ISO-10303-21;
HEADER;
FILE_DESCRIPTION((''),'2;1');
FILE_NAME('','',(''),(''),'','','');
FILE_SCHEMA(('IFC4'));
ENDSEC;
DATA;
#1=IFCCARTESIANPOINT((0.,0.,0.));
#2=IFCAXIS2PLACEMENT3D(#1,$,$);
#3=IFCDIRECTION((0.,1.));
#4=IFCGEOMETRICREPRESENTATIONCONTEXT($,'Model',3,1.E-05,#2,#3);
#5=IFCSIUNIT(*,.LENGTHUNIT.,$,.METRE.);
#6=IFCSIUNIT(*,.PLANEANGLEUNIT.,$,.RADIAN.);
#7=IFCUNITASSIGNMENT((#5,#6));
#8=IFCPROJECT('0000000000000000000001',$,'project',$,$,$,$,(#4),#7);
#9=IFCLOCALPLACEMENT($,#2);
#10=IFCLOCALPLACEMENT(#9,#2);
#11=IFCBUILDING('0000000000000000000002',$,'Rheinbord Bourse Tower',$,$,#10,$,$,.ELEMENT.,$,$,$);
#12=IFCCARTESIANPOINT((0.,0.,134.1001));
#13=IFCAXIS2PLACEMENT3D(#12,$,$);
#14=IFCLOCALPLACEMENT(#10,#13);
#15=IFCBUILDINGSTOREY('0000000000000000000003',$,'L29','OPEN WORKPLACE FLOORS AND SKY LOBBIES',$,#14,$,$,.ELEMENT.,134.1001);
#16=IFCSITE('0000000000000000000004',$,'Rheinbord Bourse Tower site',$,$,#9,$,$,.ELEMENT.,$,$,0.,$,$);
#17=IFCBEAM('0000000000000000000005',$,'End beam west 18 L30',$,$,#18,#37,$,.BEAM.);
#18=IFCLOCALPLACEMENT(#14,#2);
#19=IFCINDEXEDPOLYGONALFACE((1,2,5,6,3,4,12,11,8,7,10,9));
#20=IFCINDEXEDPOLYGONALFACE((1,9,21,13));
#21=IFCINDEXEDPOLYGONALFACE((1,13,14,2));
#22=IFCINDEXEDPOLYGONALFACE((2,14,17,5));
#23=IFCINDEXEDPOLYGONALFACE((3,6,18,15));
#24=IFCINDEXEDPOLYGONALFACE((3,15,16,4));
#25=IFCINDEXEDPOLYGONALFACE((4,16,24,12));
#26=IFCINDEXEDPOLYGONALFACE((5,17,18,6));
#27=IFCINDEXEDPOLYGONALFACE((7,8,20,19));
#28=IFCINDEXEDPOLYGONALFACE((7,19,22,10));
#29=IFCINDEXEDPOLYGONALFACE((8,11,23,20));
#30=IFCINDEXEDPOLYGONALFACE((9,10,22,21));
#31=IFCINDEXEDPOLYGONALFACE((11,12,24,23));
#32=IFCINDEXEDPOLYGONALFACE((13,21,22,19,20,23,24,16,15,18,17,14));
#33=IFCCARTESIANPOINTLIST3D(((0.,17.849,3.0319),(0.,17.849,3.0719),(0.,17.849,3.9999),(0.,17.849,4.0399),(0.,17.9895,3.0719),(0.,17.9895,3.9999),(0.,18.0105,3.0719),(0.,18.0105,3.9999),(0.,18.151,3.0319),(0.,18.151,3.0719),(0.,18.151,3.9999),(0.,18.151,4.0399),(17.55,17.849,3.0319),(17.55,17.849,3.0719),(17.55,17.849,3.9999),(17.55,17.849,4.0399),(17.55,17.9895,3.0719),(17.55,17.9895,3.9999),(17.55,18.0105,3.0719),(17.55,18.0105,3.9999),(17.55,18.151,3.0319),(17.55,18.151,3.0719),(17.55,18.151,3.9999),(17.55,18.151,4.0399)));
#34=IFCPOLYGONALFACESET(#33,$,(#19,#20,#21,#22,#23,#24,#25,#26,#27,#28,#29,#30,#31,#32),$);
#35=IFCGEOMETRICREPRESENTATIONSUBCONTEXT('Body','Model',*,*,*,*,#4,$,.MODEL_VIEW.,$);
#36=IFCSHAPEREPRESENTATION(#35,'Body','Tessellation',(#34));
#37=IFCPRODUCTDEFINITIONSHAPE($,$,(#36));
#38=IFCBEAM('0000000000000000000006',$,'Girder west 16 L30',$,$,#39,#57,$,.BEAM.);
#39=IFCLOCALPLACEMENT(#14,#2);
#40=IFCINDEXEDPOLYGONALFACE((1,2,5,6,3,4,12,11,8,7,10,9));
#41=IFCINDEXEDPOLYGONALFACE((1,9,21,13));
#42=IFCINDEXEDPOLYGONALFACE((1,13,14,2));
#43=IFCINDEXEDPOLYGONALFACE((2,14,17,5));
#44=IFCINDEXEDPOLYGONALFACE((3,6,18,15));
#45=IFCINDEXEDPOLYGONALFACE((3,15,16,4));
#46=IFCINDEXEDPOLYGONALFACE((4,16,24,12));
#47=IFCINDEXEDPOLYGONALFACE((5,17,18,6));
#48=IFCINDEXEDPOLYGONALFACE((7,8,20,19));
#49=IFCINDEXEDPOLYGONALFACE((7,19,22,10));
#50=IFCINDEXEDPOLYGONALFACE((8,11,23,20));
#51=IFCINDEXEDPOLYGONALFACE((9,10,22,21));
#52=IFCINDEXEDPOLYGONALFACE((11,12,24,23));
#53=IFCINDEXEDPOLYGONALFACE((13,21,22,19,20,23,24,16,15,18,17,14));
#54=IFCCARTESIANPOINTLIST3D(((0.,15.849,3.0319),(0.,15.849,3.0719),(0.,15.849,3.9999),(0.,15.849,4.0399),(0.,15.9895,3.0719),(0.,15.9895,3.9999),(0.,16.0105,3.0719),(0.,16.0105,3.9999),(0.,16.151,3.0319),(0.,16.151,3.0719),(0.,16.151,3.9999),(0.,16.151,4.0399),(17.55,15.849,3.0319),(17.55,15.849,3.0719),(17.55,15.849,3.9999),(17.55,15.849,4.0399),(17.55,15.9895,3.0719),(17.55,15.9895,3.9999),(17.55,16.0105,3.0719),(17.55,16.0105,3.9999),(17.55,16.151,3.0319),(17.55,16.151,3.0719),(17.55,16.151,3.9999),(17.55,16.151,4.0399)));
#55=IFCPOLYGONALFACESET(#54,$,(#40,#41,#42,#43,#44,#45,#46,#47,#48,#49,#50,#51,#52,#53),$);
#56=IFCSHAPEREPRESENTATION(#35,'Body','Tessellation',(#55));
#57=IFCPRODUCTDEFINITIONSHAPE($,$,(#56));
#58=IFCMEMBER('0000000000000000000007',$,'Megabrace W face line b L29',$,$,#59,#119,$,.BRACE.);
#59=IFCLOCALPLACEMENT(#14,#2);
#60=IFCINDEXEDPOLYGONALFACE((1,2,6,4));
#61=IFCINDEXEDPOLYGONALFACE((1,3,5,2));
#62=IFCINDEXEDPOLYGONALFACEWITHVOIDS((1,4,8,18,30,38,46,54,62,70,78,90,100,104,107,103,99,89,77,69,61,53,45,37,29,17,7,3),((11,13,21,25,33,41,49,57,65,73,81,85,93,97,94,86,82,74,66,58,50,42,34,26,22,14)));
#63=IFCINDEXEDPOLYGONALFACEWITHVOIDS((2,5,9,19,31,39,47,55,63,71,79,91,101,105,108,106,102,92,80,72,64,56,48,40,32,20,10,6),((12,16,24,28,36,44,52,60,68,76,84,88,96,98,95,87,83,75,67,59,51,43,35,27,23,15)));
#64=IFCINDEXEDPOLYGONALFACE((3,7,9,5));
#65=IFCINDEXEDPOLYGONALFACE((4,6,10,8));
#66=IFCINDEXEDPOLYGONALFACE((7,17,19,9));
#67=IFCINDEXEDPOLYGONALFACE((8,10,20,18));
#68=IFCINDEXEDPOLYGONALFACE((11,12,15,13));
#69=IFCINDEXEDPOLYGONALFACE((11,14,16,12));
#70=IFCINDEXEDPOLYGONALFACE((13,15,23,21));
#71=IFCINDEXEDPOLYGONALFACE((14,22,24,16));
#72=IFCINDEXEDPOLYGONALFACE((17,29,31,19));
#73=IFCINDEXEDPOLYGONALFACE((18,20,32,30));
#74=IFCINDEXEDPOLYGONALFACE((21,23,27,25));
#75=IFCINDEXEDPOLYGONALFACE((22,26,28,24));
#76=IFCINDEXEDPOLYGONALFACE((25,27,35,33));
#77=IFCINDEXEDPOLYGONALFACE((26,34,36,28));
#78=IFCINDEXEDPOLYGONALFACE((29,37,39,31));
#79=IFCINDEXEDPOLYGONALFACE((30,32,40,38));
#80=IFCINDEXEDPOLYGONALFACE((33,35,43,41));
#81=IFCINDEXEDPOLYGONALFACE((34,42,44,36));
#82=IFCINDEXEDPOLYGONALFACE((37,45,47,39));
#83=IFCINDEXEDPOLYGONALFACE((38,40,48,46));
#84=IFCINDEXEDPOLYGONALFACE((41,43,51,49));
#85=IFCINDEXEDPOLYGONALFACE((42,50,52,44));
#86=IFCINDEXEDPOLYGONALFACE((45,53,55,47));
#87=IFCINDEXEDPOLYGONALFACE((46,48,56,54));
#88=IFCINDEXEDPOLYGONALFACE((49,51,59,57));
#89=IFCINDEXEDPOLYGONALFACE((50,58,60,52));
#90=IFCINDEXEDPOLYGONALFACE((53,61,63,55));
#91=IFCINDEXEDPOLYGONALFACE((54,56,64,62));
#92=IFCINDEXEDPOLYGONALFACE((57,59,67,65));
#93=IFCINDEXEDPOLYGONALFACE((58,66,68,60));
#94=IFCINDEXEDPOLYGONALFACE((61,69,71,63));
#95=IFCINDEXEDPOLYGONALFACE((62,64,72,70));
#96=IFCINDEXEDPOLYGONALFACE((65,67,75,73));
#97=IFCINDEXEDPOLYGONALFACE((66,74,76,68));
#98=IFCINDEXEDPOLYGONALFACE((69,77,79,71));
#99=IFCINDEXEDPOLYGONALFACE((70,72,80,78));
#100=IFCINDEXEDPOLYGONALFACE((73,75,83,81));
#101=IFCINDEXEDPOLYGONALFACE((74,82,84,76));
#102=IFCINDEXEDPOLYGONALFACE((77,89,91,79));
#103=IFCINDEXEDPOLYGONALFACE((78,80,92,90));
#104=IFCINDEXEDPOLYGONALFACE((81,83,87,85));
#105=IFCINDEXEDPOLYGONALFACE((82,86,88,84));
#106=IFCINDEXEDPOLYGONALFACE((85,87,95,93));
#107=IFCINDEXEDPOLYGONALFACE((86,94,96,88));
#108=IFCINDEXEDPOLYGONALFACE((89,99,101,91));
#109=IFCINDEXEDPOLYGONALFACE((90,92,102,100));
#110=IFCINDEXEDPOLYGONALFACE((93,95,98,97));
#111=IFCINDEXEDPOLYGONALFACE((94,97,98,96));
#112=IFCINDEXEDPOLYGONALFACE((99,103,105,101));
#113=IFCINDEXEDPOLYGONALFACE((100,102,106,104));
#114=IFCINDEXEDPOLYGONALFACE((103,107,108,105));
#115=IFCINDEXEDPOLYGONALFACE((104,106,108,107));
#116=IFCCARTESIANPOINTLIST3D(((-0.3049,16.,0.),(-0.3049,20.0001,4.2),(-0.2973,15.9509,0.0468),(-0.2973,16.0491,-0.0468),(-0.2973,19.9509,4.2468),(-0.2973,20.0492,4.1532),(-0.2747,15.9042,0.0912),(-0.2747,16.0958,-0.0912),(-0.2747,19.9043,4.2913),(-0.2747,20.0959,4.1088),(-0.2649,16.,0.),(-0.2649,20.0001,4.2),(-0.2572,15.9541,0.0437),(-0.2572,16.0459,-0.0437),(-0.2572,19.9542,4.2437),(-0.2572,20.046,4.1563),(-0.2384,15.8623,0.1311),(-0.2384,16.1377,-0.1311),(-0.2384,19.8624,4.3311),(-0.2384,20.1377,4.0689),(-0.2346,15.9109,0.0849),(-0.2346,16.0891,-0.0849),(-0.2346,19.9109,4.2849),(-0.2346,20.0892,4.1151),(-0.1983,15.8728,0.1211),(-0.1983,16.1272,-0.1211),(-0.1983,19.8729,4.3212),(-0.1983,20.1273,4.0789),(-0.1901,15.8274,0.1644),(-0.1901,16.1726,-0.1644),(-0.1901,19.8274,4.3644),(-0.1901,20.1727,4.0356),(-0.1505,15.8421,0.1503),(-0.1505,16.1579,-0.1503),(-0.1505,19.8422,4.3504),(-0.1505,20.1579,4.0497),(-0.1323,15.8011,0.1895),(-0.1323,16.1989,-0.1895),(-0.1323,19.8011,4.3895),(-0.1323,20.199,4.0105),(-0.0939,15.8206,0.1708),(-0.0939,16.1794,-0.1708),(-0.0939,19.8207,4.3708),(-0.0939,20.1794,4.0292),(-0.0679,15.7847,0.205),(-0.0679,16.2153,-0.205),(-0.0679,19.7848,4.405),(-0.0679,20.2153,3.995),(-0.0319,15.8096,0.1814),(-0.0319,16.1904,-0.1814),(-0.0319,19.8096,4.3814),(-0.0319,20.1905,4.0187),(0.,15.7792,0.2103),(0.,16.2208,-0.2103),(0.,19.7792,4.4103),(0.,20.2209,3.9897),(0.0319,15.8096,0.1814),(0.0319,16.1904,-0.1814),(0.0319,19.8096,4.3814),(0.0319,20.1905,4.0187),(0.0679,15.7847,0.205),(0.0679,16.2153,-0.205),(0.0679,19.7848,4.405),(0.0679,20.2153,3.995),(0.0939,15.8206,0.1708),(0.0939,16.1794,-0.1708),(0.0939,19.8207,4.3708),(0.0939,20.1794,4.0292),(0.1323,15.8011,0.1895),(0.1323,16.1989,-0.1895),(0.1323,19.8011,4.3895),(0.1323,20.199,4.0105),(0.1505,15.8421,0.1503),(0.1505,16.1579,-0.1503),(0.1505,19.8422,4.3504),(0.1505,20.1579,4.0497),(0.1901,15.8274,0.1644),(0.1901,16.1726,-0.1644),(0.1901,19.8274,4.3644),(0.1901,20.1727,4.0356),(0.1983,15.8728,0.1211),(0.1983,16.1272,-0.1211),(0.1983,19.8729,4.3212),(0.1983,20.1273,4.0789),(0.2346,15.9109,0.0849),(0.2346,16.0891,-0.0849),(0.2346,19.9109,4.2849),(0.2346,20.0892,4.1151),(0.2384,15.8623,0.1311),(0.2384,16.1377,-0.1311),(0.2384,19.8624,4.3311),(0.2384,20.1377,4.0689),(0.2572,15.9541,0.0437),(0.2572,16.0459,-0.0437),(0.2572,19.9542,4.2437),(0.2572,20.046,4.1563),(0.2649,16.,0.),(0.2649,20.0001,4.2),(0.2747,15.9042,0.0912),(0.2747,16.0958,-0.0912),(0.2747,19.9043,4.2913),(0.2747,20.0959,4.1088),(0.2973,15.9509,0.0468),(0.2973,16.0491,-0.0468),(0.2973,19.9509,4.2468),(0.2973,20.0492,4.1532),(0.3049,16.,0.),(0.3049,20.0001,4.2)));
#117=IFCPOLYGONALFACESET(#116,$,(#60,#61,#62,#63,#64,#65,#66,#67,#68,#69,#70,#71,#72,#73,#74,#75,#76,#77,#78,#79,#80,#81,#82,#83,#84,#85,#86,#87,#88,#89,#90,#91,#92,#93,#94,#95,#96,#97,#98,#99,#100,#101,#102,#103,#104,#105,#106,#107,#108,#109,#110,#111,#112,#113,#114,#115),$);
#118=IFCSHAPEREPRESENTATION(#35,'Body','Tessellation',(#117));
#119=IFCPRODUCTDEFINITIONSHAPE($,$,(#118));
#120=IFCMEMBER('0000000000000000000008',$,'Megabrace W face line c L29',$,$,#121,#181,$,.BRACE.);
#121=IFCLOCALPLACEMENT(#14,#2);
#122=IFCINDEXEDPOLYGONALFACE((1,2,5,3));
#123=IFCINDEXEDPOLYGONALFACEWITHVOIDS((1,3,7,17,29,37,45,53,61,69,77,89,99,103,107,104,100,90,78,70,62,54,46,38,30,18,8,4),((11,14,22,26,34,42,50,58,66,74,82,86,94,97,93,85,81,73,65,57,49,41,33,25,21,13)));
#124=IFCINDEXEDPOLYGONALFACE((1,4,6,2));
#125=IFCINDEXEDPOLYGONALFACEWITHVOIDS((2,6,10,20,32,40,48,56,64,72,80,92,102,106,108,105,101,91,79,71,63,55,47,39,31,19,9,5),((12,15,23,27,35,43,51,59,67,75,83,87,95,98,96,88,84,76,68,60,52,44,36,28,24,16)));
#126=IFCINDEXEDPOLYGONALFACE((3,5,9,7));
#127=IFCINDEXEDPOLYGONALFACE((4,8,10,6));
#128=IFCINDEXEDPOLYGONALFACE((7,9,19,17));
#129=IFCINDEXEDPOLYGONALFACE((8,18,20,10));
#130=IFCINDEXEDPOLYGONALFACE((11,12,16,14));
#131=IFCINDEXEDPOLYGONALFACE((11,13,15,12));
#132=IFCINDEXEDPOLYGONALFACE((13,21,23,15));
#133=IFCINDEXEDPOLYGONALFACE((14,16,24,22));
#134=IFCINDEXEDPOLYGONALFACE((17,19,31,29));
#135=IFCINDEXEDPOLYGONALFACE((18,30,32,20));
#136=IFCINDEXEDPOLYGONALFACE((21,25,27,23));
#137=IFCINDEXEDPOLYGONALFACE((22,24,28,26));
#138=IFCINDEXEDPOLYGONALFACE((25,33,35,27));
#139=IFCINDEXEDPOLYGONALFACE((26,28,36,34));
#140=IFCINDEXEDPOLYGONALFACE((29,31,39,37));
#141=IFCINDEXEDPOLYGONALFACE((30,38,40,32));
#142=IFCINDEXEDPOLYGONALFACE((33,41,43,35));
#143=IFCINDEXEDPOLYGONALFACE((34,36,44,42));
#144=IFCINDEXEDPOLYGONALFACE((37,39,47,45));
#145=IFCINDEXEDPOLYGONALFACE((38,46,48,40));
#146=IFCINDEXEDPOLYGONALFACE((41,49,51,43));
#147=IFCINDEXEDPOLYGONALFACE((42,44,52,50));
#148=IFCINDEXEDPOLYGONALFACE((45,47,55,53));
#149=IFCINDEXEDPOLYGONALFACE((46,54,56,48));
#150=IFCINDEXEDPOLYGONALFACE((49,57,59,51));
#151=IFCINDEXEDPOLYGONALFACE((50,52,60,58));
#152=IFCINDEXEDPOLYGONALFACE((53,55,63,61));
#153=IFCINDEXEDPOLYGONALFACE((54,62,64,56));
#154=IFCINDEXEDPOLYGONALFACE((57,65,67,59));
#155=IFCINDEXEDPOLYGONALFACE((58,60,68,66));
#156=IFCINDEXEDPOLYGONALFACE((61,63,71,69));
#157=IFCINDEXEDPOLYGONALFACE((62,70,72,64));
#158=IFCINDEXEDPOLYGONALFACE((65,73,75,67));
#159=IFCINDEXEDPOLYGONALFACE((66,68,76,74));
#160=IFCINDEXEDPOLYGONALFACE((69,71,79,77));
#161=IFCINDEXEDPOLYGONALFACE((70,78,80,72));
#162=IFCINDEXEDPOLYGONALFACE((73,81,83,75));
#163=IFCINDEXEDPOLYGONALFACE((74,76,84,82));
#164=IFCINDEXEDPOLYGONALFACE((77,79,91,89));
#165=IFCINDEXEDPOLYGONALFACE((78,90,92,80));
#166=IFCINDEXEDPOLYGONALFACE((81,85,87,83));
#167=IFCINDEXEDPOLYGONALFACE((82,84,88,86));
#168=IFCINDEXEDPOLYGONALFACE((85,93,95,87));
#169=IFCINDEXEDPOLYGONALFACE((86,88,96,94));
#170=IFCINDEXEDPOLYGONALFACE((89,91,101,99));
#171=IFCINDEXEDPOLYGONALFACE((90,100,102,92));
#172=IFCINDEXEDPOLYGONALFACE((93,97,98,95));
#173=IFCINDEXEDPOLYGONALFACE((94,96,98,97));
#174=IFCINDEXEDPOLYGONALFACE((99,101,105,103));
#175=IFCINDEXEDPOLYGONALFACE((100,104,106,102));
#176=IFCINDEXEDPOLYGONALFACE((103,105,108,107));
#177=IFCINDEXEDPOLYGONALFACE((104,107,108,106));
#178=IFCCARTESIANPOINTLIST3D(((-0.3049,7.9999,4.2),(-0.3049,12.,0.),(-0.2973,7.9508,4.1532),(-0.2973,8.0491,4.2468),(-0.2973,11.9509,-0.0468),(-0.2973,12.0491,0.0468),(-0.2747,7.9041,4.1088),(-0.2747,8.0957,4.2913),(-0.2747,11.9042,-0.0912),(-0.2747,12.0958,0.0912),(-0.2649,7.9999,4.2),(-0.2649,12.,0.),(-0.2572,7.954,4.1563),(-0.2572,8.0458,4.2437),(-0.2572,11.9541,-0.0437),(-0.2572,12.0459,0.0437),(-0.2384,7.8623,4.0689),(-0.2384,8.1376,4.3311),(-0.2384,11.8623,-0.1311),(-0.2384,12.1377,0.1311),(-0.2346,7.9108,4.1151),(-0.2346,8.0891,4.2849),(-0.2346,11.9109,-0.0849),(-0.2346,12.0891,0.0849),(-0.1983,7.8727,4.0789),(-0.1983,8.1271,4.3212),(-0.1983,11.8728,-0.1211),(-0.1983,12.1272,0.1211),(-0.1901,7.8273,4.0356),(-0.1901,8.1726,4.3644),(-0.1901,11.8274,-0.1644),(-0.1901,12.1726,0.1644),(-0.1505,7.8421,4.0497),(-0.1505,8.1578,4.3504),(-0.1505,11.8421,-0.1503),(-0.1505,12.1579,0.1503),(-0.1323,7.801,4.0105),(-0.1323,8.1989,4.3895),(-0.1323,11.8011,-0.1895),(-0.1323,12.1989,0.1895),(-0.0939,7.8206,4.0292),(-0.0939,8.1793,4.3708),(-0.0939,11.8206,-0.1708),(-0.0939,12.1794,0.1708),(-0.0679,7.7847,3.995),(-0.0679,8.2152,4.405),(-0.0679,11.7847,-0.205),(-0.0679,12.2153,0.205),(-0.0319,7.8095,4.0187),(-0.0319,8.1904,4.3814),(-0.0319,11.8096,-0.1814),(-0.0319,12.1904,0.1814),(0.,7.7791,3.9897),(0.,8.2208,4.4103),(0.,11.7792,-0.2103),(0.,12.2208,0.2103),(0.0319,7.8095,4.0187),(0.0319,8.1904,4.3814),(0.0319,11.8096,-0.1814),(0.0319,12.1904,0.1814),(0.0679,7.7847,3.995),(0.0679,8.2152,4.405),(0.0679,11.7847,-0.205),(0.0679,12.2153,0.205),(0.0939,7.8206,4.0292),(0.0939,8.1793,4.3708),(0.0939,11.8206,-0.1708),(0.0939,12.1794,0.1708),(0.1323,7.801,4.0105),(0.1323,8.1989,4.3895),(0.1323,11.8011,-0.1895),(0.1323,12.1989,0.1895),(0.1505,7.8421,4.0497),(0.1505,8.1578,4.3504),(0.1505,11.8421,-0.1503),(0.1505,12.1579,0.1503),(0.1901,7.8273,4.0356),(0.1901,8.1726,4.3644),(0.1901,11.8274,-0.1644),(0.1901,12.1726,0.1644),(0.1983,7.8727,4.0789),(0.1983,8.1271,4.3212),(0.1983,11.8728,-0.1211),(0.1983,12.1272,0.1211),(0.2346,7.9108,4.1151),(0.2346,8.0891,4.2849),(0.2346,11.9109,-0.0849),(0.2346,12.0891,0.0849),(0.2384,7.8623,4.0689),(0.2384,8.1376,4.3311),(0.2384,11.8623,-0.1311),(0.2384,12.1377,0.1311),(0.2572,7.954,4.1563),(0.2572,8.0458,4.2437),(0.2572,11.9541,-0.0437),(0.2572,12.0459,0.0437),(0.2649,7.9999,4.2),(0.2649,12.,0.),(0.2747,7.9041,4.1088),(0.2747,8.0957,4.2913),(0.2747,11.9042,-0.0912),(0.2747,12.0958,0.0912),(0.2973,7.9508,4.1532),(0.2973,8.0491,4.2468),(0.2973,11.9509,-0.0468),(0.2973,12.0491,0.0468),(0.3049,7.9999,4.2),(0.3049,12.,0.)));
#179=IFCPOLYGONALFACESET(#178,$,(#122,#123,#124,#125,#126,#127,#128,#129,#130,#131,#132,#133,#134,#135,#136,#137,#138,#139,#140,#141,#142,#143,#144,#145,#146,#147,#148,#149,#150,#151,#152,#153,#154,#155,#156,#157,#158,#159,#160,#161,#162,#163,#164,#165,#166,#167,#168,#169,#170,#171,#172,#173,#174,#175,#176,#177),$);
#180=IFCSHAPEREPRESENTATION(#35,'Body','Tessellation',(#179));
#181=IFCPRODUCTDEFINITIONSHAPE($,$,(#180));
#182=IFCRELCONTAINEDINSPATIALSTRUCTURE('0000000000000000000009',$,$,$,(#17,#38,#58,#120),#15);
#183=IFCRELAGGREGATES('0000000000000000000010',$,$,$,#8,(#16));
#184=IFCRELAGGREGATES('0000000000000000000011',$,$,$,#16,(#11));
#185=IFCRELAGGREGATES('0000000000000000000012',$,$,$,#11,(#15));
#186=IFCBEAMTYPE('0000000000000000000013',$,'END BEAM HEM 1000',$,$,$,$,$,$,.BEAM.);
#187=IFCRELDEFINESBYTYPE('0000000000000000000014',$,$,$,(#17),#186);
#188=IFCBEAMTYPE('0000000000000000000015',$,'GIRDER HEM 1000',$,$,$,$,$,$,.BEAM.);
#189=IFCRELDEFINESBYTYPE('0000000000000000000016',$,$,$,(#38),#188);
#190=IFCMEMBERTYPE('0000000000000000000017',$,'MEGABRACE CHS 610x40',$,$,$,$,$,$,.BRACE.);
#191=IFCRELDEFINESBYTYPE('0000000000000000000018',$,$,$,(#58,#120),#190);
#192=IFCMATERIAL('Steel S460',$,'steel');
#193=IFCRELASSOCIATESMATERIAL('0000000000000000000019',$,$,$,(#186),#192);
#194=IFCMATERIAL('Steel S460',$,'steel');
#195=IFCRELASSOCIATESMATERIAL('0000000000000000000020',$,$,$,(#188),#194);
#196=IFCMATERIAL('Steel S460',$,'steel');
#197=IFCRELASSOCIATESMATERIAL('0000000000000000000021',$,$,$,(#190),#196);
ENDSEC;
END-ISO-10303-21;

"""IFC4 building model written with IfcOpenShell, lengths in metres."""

from ifc_helpers import new_model, si_unit, direction, frame, origin, origin_2d, place, context, subcontext, project, spatial, hollow_circle, i_section, extrude, material, material_profile, profile_set, type_object, element, save


model = new_model("IFC4")

# Units and contexts
model_context = context("Model", 3, precision=1e-05, world=origin(), true_north=direction((0.0, 1.0)))
body_context = subcontext(model_context, "Body", "Model", "MODEL_VIEW")
ifc_project = project(units=[si_unit("LENGTHUNIT", "METRE"), si_unit("PLANEANGLEUNIT", "RADIAN")], contexts=[model_context])

# Site, building, storey
site_placement = place(None, origin())
site = spatial("IfcSite", under=ifc_project, at=site_placement, Name="Rheinbord Bourse Tower site", CompositionType="ELEMENT", RefElevation=0.0)
building_placement = place(site_placement, origin())
building = spatial("IfcBuilding", under=site, at=building_placement, Name="Rheinbord Bourse Tower", CompositionType="ELEMENT")
storey_placement = place(building_placement, frame((0.0, 0.0, 134.1001)))
storey = spatial("IfcBuildingStorey", under=building, at=storey_placement, Name="L29", Description="OPEN WORKPLACE FLOORS AND SKY LOBBIES", CompositionType="ELEMENT", Elevation=134.1001)

# Beams
ifc_material_1 = material(Name="Steel S460", Category="steel")
ifc_material_profile_1 = material_profile(ifc_material_1, i_section(OverallWidth=0.302, OverallDepth=1.0081, WebThickness=0.021, FlangeThickness=0.04, at=origin_2d()), Name="HEM 1000")
ifc_profile_set_1 = profile_set([ifc_material_profile_1], Name="Steel S460")
beam_type_1 = type_object("IfcBeamType", Name="END BEAM HEM 1000", PredefinedType="BEAM", material=ifc_profile_set_1)
beam_1_placement = place(storey_placement, frame((0.0, 18.0, 3.5359), z_axis=(1.0, 0.0, 0.0), x_axis=(0.0, 1.0, 0.0)))
element("IfcBeam", 1, at=beam_1_placement, inside=storey, type_object=beam_type_1, Name="End beam west 18 L30", PredefinedType="BEAM", context=body_context, shape_type="SweptSolid", body=[
    extrude(i_section(OverallWidth=0.302, OverallDepth=1.0081, WebThickness=0.021, FlangeThickness=0.04, at=origin_2d()), origin(), (0.0, 0.0, 1.0), 17.55),
])
ifc_material_2 = material(Name="Steel S460", Category="steel")
ifc_material_profile_2 = material_profile(ifc_material_2, i_section(OverallWidth=0.302, OverallDepth=1.0081, WebThickness=0.021, FlangeThickness=0.04, at=origin_2d()), Name="HEM 1000")
ifc_profile_set_2 = profile_set([ifc_material_profile_2], Name="Steel S460")
beam_type_2 = type_object("IfcBeamType", Name="GIRDER HEM 1000", PredefinedType="BEAM", material=ifc_profile_set_2)
beam_2_placement = place(storey_placement, frame((0.0, 16.0, 3.5359), z_axis=(1.0, 0.0, 0.0), x_axis=(0.0, 1.0, 0.0)))
element("IfcBeam", 2, at=beam_2_placement, inside=storey, type_object=beam_type_2, Name="Girder west 16 L30", PredefinedType="BEAM", context=body_context, shape_type="SweptSolid", body=[
    extrude(i_section(OverallWidth=0.302, OverallDepth=1.0081, WebThickness=0.021, FlangeThickness=0.04, at=origin_2d()), origin(), (0.0, 0.0, 1.0), 17.55),
])

# Members
ifc_material_3 = material(Name="Steel S460", Category="steel")
ifc_material_profile_3 = material_profile(ifc_material_3, hollow_circle(Radius=0.3049, WallThickness=0.04, at=origin_2d()), Name="CHS 610x40")
ifc_profile_set_3 = profile_set([ifc_material_profile_3], Name="Steel S460")
member_type_1 = type_object("IfcMemberType", Name="MEGABRACE CHS 610x40", PredefinedType="BRACE", material=ifc_profile_set_3)
for number, where, z_axis, x_axis, name in (
    (3, (0.0, 16.0, 0.0), (0.0, 0.689659, 0.724134), (-1.0, 0.0, 0.0), "Megabrace W face line b L29"),
    (4, (0.0, 12.0, 0.0), (0.0, -0.689659, 0.724134), (1.0, 0.0, 0.0), "Megabrace W face line c L29"),
):
    element("IfcMember", number, at=place(storey_placement, frame(where, z_axis=z_axis, x_axis=x_axis)), inside=storey, type_object=member_type_1, Name=name, PredefinedType="BRACE", context=body_context, shape_type="SweptSolid", body=[
        extrude(hollow_circle(Radius=0.3049, WallThickness=0.04, at=origin_2d()), origin(), (0.0, 0.0, 1.0), 5.8),
    ])

save(model, "model.ifc")
